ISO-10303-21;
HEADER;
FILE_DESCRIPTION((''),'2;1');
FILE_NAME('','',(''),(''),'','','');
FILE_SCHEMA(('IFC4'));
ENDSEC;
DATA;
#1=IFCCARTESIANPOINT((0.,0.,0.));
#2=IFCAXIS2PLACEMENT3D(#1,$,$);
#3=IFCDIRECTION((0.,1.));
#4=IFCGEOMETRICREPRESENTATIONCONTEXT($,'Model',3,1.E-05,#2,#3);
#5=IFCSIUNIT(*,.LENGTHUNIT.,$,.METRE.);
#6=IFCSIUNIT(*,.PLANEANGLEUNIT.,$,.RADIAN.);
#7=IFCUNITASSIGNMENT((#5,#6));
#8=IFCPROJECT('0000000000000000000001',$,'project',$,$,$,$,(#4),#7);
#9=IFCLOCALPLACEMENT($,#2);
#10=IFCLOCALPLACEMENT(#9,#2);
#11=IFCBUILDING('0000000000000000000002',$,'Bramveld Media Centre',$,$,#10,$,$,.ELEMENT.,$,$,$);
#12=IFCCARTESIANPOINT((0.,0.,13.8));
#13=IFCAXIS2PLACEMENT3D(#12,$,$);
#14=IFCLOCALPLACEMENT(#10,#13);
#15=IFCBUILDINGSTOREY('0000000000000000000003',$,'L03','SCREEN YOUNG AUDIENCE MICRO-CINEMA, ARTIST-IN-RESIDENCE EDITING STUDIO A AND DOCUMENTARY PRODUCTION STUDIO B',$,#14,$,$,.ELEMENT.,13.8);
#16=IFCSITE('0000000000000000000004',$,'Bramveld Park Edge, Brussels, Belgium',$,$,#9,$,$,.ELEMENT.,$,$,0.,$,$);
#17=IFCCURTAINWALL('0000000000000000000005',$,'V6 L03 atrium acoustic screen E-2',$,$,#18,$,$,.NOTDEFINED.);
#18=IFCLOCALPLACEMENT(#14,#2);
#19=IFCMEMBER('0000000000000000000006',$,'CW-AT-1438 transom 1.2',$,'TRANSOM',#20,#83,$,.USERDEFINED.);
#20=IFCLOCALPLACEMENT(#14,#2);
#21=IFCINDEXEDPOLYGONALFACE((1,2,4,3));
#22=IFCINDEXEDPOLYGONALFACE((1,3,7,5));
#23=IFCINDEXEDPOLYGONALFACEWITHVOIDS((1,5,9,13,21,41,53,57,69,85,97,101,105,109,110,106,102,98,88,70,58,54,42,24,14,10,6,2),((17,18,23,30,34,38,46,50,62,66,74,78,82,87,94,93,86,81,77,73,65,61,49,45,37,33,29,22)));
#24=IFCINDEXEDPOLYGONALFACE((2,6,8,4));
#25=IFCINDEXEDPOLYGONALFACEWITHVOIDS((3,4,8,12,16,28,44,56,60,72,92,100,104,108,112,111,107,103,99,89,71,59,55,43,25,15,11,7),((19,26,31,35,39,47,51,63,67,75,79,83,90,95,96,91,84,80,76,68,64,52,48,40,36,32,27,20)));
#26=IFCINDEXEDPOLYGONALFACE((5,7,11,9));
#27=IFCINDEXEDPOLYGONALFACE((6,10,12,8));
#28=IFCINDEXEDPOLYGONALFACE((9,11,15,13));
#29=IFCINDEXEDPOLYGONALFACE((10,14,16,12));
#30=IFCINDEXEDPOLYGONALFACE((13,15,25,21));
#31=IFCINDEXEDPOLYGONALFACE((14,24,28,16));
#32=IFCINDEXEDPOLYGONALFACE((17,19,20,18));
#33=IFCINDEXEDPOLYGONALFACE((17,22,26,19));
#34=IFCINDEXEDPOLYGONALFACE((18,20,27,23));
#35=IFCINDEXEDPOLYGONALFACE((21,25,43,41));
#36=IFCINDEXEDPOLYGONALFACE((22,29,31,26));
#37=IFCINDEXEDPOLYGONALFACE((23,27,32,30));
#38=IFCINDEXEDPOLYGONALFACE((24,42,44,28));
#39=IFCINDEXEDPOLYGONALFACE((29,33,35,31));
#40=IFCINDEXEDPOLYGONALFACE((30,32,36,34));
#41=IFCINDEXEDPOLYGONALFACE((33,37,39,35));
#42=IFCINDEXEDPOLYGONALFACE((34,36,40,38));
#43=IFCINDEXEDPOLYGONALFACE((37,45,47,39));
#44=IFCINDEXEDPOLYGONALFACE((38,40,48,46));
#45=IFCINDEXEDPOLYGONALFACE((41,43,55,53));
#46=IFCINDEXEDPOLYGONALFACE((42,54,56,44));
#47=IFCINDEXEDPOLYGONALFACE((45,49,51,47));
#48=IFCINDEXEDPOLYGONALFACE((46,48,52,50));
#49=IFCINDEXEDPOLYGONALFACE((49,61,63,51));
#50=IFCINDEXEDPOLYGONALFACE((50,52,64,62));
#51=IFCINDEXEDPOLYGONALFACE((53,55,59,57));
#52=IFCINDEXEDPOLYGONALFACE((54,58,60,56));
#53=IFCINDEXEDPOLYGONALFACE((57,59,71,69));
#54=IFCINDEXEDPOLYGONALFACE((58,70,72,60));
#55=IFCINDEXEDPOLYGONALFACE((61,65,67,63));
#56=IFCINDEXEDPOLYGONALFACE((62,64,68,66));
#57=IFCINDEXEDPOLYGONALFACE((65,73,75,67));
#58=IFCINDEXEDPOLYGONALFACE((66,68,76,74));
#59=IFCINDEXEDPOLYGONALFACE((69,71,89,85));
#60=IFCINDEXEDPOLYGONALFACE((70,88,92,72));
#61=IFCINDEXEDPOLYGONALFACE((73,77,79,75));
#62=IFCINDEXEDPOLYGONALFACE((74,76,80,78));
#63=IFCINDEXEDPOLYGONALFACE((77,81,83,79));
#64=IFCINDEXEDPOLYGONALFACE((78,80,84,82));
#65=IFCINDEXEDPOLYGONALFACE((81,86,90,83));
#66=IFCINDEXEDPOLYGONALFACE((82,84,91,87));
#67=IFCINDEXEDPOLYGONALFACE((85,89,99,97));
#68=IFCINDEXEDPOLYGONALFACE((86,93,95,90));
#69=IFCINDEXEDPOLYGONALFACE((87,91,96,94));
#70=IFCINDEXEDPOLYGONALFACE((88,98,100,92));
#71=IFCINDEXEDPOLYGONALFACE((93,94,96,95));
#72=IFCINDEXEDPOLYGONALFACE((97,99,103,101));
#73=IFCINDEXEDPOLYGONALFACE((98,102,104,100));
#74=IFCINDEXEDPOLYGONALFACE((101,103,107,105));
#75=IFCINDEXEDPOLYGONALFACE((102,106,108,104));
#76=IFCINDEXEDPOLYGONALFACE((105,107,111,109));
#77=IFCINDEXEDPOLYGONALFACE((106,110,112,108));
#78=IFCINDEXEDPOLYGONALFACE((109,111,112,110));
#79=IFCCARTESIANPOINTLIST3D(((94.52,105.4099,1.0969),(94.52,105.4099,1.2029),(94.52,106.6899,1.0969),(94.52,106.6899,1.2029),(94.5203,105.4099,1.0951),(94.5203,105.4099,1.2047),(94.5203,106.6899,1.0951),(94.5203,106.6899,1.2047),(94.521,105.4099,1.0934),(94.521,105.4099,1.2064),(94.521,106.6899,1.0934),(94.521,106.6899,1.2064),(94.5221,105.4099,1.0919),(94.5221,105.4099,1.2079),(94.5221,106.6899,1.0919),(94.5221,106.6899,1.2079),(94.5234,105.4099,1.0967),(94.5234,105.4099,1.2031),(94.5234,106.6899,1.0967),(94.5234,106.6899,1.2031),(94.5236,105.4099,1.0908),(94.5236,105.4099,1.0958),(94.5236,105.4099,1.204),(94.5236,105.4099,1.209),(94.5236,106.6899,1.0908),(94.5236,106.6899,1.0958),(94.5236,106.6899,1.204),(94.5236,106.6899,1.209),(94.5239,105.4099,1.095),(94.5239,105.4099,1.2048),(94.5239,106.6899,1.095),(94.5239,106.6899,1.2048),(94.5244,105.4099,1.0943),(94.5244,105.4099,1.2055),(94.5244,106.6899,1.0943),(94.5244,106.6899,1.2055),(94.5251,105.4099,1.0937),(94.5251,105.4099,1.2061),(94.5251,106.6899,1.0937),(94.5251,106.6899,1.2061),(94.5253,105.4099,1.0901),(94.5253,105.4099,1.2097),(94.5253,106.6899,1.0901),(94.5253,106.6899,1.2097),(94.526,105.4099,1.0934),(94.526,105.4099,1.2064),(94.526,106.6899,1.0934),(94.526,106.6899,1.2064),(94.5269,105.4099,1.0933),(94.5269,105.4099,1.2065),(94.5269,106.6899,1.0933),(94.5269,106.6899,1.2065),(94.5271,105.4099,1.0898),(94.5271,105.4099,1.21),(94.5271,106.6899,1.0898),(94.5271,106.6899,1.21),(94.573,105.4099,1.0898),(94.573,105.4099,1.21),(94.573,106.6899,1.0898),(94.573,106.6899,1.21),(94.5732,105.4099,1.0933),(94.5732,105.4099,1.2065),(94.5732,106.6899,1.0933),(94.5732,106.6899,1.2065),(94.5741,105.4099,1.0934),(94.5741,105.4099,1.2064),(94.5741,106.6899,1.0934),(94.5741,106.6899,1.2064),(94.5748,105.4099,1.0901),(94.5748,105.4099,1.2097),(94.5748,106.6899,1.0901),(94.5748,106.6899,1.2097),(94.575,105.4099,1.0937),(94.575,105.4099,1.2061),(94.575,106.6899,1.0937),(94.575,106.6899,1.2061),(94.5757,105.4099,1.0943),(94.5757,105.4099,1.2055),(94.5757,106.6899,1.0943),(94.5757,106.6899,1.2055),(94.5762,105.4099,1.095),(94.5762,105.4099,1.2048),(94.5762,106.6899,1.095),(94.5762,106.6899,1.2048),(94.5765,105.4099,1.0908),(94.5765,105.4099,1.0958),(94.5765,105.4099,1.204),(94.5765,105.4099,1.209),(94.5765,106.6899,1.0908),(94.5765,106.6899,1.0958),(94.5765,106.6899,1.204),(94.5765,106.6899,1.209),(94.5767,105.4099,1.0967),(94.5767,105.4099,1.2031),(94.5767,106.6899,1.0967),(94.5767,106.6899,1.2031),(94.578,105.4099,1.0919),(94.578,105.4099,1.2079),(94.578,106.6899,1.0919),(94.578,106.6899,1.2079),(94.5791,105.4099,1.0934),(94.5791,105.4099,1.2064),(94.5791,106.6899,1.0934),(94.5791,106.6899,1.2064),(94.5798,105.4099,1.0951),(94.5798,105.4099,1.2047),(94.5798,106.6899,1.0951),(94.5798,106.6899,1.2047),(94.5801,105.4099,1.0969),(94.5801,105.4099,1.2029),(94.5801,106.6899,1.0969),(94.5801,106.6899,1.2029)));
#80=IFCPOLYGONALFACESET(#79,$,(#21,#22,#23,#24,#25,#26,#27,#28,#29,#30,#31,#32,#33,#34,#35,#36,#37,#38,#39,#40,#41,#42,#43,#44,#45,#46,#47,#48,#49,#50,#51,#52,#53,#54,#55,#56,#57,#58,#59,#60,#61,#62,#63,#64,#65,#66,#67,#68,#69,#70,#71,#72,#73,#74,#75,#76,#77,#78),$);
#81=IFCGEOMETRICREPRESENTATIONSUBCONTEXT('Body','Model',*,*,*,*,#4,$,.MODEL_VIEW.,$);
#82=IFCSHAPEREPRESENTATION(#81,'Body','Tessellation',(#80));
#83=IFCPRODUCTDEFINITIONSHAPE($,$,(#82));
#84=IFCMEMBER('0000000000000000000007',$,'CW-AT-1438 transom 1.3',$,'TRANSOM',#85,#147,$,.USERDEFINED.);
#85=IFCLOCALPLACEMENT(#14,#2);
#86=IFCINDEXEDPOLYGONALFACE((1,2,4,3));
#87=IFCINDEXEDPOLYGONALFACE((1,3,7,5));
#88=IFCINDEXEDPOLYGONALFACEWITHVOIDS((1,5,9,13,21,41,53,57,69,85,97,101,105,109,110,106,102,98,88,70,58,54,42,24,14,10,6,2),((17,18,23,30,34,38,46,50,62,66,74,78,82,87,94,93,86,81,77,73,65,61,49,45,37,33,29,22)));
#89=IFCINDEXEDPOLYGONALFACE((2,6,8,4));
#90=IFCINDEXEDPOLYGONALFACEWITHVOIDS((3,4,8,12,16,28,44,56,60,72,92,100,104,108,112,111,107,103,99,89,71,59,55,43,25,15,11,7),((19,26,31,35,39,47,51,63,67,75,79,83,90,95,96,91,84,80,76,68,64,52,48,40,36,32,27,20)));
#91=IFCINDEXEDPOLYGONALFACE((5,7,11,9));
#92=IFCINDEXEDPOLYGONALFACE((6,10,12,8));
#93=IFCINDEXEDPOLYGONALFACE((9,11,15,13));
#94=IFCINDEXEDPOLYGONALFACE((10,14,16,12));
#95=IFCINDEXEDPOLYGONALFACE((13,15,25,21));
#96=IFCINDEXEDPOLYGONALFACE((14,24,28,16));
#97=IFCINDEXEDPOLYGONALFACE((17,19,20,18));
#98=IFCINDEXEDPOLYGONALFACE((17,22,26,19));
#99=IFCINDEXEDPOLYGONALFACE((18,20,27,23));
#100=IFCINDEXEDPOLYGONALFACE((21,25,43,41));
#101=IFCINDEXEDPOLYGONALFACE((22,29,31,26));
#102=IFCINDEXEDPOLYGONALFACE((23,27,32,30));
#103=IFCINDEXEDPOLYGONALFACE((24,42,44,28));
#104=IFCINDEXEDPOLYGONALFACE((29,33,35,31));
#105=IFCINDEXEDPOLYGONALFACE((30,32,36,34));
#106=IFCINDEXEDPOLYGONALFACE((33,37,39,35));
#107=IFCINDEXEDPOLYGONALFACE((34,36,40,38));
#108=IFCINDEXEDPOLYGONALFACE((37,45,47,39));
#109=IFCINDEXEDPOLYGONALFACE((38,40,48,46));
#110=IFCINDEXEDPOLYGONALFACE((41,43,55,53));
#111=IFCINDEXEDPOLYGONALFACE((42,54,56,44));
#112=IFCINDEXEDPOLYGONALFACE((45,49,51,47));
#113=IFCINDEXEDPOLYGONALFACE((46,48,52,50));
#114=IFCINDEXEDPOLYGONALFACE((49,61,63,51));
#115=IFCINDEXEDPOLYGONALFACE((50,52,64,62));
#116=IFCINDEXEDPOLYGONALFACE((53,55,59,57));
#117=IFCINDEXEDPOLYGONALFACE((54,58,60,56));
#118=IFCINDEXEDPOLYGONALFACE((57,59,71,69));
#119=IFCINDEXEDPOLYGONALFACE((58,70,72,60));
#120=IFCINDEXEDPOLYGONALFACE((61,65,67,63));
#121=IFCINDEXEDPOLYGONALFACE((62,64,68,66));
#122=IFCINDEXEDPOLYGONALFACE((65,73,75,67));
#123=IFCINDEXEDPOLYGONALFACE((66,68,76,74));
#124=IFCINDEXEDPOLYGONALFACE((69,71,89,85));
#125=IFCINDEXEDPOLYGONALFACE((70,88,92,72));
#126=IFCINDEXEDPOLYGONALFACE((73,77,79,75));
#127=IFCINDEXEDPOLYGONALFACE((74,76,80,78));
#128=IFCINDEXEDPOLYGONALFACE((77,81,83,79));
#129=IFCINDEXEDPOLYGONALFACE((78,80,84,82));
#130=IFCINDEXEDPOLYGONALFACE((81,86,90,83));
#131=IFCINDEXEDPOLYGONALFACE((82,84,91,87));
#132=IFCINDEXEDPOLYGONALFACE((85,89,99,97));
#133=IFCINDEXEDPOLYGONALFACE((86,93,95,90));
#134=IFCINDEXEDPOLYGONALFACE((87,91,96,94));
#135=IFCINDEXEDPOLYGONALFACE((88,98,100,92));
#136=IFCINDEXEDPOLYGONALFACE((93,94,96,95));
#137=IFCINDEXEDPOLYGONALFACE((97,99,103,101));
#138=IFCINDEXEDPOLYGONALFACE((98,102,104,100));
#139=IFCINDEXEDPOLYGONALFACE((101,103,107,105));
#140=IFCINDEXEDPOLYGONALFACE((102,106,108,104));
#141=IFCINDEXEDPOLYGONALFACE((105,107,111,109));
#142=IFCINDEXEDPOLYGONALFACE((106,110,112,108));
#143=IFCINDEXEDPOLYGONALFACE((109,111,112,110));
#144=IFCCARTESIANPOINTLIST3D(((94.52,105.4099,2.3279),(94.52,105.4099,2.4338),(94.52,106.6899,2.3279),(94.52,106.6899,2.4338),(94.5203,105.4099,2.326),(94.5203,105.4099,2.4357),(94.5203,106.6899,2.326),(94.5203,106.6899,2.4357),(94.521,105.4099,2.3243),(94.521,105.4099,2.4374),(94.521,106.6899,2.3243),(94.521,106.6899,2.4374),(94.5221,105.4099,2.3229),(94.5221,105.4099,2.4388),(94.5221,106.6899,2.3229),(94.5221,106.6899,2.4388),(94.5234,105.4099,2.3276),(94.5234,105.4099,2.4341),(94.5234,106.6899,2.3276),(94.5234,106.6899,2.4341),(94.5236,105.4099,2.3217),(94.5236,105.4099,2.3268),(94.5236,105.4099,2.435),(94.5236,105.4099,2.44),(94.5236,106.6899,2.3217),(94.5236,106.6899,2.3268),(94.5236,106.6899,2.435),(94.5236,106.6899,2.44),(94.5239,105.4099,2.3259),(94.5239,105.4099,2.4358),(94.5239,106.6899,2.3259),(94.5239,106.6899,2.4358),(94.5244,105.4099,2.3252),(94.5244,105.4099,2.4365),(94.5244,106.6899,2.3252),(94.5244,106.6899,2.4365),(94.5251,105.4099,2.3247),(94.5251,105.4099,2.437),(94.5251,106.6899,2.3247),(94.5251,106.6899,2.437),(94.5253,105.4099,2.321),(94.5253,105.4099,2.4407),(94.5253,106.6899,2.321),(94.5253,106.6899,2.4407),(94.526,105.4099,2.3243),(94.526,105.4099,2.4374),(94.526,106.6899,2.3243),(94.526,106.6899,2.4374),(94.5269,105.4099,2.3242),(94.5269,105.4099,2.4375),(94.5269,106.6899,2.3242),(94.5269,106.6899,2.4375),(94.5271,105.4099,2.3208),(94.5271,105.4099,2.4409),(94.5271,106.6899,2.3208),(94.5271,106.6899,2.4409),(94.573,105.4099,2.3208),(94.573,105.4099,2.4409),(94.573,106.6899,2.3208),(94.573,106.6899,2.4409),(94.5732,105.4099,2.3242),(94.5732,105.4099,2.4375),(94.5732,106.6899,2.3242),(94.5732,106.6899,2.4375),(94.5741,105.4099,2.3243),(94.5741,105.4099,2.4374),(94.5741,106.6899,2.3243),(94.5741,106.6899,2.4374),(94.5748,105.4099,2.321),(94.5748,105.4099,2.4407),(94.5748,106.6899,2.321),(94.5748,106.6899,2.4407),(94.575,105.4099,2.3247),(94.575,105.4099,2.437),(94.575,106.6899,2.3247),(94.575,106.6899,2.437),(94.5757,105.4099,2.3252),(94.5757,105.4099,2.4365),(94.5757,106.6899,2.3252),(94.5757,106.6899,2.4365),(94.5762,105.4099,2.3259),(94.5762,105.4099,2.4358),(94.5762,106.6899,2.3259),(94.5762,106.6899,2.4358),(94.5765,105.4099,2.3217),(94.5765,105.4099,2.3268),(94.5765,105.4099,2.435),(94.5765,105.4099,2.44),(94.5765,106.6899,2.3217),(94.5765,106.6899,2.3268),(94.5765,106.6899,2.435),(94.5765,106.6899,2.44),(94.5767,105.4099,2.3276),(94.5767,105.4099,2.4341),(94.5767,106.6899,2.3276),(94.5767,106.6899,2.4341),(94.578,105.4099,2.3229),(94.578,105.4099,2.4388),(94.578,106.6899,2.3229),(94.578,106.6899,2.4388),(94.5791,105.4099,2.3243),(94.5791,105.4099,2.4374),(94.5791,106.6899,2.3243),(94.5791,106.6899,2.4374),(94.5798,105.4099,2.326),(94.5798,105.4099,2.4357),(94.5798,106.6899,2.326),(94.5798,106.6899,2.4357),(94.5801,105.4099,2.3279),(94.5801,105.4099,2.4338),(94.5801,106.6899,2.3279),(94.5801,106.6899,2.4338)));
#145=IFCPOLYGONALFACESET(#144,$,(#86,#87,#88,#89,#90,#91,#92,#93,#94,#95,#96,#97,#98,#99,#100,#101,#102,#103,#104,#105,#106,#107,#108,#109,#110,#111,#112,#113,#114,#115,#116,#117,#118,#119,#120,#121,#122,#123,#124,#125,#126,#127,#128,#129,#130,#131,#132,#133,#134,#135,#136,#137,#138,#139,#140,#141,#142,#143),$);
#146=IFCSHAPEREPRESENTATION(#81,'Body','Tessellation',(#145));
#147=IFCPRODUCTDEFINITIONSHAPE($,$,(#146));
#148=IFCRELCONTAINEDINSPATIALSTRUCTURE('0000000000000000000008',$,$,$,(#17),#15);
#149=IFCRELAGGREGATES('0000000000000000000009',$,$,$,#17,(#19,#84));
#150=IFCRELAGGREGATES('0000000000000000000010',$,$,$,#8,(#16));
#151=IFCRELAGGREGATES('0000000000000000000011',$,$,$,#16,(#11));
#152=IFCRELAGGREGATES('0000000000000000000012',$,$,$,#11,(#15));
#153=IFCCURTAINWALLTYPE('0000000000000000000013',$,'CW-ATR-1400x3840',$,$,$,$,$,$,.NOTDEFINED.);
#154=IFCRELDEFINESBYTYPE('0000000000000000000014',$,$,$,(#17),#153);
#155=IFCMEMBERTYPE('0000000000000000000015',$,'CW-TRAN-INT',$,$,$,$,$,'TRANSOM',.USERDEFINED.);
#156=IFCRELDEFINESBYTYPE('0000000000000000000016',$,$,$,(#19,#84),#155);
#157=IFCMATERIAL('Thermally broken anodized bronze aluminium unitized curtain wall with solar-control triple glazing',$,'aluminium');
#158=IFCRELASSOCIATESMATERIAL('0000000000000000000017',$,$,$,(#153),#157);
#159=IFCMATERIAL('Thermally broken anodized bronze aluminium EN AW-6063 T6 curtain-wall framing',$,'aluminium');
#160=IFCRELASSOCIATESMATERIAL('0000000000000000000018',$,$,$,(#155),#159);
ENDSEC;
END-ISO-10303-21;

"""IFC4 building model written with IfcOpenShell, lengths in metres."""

from ifc_helpers import new_model, si_unit, direction, frame, origin, origin_2d, place, context, subcontext, project, spatial, hollow_rectangle, extrude, material, material_profile, profile_set, type_object, element, aggregate, save


model = new_model("IFC4")

# Units and contexts
model_context = context("Model", 3, precision=1e-05, world=origin(), true_north=direction((0.0, 1.0)))
body_context = subcontext(model_context, "Body", "Model", "MODEL_VIEW")
ifc_project = project(units=[si_unit("LENGTHUNIT", "METRE"), si_unit("PLANEANGLEUNIT", "RADIAN")], contexts=[model_context])

# Site, building, storey
site_placement = place(None, origin())
site = spatial("IfcSite", under=ifc_project, at=site_placement, Name="Bramveld Park Edge, Brussels, Belgium", CompositionType="ELEMENT", RefElevation=0.0)
building_placement = place(site_placement, origin())
building = spatial("IfcBuilding", under=site, at=building_placement, Name="Bramveld Media Centre", CompositionType="ELEMENT")
storey_placement = place(building_placement, frame((0.0, 0.0, 13.8)))
storey = spatial("IfcBuildingStorey", under=building, at=storey_placement, Name="L03", Description="SCREEN YOUNG AUDIENCE MICRO-CINEMA, ARTIST-IN-RESIDENCE EDITING STUDIO A AND DOCUMENTARY PRODUCTION STUDIO B", CompositionType="ELEMENT", Elevation=13.8)

# Curtain wall, members
ifc_material_1 = material(Name="Thermally broken anodized bronze aluminium unitized curtain wall with solar-control triple glazing", Category="aluminium")
curtain_wall_type = type_object("IfcCurtainWallType", Name="CW-ATR-1400x3840", PredefinedType="NOTDEFINED", material=ifc_material_1)
curtain_wall_placement = place(storey_placement, origin())
curtain_wall = element("IfcCurtainWall", 1, at=curtain_wall_placement, inside=storey, type_object=curtain_wall_type, Name="V6 L03 atrium acoustic screen E-2", PredefinedType="NOTDEFINED")
ifc_material_2 = material(Name="Thermally broken anodized bronze aluminium EN AW-6063 T6 curtain-wall framing", Category="aluminium")
ifc_material_profile_1 = material_profile(ifc_material_2, hollow_rectangle(XDim=0.0601, YDim=0.1201, WallThickness=0.0034, InnerFilletRadius=0.0034, OuterFilletRadius=0.0071, at=origin_2d()), Name="AL-TRAN 60x120")
ifc_profile_set_1 = profile_set([ifc_material_profile_1], Name="Thermally broken anodized bronze aluminium EN AW-6063 T6 curtain-wall framing")
member_type_1 = type_object("IfcMemberType", Name="CW-TRAN-INT", ElementType="TRANSOM", PredefinedType="USERDEFINED", material=ifc_profile_set_1)
member_1_placement = place(storey_placement, frame((94.55, 105.4099, 1.1499), z_axis=(0.0, 1.0, 0.0), x_axis=(-1.0, 0.0, 0.0)))
member_1 = element("IfcMember", 2, at=member_1_placement, type_object=member_type_1, Name="CW-AT-1438 transom 1.2", ObjectType="TRANSOM", PredefinedType="USERDEFINED", context=body_context, shape_type="SweptSolid", body=[
    extrude(hollow_rectangle(XDim=0.0601, YDim=0.1201, WallThickness=0.0034, InnerFilletRadius=0.0034, OuterFilletRadius=0.0071, at=origin_2d()), origin(), (0.0, 0.0, 1.0), 1.28),
])
member_2_placement = place(storey_placement, frame((94.55, 105.4099, 2.3809), z_axis=(0.0, 1.0, 0.0), x_axis=(-1.0, 0.0, 0.0)))
member_2 = element("IfcMember", 3, at=member_2_placement, type_object=member_type_1, Name="CW-AT-1438 transom 1.3", ObjectType="TRANSOM", PredefinedType="USERDEFINED", context=body_context, shape_type="SweptSolid", body=[
    extrude(hollow_rectangle(XDim=0.0601, YDim=0.1201, WallThickness=0.0034, InnerFilletRadius=0.0034, OuterFilletRadius=0.0071, at=origin_2d()), origin(), (0.0, 0.0, 1.0), 1.28),
])

aggregate(curtain_wall, [member_1, member_2])

save(model, "model.ifc")
